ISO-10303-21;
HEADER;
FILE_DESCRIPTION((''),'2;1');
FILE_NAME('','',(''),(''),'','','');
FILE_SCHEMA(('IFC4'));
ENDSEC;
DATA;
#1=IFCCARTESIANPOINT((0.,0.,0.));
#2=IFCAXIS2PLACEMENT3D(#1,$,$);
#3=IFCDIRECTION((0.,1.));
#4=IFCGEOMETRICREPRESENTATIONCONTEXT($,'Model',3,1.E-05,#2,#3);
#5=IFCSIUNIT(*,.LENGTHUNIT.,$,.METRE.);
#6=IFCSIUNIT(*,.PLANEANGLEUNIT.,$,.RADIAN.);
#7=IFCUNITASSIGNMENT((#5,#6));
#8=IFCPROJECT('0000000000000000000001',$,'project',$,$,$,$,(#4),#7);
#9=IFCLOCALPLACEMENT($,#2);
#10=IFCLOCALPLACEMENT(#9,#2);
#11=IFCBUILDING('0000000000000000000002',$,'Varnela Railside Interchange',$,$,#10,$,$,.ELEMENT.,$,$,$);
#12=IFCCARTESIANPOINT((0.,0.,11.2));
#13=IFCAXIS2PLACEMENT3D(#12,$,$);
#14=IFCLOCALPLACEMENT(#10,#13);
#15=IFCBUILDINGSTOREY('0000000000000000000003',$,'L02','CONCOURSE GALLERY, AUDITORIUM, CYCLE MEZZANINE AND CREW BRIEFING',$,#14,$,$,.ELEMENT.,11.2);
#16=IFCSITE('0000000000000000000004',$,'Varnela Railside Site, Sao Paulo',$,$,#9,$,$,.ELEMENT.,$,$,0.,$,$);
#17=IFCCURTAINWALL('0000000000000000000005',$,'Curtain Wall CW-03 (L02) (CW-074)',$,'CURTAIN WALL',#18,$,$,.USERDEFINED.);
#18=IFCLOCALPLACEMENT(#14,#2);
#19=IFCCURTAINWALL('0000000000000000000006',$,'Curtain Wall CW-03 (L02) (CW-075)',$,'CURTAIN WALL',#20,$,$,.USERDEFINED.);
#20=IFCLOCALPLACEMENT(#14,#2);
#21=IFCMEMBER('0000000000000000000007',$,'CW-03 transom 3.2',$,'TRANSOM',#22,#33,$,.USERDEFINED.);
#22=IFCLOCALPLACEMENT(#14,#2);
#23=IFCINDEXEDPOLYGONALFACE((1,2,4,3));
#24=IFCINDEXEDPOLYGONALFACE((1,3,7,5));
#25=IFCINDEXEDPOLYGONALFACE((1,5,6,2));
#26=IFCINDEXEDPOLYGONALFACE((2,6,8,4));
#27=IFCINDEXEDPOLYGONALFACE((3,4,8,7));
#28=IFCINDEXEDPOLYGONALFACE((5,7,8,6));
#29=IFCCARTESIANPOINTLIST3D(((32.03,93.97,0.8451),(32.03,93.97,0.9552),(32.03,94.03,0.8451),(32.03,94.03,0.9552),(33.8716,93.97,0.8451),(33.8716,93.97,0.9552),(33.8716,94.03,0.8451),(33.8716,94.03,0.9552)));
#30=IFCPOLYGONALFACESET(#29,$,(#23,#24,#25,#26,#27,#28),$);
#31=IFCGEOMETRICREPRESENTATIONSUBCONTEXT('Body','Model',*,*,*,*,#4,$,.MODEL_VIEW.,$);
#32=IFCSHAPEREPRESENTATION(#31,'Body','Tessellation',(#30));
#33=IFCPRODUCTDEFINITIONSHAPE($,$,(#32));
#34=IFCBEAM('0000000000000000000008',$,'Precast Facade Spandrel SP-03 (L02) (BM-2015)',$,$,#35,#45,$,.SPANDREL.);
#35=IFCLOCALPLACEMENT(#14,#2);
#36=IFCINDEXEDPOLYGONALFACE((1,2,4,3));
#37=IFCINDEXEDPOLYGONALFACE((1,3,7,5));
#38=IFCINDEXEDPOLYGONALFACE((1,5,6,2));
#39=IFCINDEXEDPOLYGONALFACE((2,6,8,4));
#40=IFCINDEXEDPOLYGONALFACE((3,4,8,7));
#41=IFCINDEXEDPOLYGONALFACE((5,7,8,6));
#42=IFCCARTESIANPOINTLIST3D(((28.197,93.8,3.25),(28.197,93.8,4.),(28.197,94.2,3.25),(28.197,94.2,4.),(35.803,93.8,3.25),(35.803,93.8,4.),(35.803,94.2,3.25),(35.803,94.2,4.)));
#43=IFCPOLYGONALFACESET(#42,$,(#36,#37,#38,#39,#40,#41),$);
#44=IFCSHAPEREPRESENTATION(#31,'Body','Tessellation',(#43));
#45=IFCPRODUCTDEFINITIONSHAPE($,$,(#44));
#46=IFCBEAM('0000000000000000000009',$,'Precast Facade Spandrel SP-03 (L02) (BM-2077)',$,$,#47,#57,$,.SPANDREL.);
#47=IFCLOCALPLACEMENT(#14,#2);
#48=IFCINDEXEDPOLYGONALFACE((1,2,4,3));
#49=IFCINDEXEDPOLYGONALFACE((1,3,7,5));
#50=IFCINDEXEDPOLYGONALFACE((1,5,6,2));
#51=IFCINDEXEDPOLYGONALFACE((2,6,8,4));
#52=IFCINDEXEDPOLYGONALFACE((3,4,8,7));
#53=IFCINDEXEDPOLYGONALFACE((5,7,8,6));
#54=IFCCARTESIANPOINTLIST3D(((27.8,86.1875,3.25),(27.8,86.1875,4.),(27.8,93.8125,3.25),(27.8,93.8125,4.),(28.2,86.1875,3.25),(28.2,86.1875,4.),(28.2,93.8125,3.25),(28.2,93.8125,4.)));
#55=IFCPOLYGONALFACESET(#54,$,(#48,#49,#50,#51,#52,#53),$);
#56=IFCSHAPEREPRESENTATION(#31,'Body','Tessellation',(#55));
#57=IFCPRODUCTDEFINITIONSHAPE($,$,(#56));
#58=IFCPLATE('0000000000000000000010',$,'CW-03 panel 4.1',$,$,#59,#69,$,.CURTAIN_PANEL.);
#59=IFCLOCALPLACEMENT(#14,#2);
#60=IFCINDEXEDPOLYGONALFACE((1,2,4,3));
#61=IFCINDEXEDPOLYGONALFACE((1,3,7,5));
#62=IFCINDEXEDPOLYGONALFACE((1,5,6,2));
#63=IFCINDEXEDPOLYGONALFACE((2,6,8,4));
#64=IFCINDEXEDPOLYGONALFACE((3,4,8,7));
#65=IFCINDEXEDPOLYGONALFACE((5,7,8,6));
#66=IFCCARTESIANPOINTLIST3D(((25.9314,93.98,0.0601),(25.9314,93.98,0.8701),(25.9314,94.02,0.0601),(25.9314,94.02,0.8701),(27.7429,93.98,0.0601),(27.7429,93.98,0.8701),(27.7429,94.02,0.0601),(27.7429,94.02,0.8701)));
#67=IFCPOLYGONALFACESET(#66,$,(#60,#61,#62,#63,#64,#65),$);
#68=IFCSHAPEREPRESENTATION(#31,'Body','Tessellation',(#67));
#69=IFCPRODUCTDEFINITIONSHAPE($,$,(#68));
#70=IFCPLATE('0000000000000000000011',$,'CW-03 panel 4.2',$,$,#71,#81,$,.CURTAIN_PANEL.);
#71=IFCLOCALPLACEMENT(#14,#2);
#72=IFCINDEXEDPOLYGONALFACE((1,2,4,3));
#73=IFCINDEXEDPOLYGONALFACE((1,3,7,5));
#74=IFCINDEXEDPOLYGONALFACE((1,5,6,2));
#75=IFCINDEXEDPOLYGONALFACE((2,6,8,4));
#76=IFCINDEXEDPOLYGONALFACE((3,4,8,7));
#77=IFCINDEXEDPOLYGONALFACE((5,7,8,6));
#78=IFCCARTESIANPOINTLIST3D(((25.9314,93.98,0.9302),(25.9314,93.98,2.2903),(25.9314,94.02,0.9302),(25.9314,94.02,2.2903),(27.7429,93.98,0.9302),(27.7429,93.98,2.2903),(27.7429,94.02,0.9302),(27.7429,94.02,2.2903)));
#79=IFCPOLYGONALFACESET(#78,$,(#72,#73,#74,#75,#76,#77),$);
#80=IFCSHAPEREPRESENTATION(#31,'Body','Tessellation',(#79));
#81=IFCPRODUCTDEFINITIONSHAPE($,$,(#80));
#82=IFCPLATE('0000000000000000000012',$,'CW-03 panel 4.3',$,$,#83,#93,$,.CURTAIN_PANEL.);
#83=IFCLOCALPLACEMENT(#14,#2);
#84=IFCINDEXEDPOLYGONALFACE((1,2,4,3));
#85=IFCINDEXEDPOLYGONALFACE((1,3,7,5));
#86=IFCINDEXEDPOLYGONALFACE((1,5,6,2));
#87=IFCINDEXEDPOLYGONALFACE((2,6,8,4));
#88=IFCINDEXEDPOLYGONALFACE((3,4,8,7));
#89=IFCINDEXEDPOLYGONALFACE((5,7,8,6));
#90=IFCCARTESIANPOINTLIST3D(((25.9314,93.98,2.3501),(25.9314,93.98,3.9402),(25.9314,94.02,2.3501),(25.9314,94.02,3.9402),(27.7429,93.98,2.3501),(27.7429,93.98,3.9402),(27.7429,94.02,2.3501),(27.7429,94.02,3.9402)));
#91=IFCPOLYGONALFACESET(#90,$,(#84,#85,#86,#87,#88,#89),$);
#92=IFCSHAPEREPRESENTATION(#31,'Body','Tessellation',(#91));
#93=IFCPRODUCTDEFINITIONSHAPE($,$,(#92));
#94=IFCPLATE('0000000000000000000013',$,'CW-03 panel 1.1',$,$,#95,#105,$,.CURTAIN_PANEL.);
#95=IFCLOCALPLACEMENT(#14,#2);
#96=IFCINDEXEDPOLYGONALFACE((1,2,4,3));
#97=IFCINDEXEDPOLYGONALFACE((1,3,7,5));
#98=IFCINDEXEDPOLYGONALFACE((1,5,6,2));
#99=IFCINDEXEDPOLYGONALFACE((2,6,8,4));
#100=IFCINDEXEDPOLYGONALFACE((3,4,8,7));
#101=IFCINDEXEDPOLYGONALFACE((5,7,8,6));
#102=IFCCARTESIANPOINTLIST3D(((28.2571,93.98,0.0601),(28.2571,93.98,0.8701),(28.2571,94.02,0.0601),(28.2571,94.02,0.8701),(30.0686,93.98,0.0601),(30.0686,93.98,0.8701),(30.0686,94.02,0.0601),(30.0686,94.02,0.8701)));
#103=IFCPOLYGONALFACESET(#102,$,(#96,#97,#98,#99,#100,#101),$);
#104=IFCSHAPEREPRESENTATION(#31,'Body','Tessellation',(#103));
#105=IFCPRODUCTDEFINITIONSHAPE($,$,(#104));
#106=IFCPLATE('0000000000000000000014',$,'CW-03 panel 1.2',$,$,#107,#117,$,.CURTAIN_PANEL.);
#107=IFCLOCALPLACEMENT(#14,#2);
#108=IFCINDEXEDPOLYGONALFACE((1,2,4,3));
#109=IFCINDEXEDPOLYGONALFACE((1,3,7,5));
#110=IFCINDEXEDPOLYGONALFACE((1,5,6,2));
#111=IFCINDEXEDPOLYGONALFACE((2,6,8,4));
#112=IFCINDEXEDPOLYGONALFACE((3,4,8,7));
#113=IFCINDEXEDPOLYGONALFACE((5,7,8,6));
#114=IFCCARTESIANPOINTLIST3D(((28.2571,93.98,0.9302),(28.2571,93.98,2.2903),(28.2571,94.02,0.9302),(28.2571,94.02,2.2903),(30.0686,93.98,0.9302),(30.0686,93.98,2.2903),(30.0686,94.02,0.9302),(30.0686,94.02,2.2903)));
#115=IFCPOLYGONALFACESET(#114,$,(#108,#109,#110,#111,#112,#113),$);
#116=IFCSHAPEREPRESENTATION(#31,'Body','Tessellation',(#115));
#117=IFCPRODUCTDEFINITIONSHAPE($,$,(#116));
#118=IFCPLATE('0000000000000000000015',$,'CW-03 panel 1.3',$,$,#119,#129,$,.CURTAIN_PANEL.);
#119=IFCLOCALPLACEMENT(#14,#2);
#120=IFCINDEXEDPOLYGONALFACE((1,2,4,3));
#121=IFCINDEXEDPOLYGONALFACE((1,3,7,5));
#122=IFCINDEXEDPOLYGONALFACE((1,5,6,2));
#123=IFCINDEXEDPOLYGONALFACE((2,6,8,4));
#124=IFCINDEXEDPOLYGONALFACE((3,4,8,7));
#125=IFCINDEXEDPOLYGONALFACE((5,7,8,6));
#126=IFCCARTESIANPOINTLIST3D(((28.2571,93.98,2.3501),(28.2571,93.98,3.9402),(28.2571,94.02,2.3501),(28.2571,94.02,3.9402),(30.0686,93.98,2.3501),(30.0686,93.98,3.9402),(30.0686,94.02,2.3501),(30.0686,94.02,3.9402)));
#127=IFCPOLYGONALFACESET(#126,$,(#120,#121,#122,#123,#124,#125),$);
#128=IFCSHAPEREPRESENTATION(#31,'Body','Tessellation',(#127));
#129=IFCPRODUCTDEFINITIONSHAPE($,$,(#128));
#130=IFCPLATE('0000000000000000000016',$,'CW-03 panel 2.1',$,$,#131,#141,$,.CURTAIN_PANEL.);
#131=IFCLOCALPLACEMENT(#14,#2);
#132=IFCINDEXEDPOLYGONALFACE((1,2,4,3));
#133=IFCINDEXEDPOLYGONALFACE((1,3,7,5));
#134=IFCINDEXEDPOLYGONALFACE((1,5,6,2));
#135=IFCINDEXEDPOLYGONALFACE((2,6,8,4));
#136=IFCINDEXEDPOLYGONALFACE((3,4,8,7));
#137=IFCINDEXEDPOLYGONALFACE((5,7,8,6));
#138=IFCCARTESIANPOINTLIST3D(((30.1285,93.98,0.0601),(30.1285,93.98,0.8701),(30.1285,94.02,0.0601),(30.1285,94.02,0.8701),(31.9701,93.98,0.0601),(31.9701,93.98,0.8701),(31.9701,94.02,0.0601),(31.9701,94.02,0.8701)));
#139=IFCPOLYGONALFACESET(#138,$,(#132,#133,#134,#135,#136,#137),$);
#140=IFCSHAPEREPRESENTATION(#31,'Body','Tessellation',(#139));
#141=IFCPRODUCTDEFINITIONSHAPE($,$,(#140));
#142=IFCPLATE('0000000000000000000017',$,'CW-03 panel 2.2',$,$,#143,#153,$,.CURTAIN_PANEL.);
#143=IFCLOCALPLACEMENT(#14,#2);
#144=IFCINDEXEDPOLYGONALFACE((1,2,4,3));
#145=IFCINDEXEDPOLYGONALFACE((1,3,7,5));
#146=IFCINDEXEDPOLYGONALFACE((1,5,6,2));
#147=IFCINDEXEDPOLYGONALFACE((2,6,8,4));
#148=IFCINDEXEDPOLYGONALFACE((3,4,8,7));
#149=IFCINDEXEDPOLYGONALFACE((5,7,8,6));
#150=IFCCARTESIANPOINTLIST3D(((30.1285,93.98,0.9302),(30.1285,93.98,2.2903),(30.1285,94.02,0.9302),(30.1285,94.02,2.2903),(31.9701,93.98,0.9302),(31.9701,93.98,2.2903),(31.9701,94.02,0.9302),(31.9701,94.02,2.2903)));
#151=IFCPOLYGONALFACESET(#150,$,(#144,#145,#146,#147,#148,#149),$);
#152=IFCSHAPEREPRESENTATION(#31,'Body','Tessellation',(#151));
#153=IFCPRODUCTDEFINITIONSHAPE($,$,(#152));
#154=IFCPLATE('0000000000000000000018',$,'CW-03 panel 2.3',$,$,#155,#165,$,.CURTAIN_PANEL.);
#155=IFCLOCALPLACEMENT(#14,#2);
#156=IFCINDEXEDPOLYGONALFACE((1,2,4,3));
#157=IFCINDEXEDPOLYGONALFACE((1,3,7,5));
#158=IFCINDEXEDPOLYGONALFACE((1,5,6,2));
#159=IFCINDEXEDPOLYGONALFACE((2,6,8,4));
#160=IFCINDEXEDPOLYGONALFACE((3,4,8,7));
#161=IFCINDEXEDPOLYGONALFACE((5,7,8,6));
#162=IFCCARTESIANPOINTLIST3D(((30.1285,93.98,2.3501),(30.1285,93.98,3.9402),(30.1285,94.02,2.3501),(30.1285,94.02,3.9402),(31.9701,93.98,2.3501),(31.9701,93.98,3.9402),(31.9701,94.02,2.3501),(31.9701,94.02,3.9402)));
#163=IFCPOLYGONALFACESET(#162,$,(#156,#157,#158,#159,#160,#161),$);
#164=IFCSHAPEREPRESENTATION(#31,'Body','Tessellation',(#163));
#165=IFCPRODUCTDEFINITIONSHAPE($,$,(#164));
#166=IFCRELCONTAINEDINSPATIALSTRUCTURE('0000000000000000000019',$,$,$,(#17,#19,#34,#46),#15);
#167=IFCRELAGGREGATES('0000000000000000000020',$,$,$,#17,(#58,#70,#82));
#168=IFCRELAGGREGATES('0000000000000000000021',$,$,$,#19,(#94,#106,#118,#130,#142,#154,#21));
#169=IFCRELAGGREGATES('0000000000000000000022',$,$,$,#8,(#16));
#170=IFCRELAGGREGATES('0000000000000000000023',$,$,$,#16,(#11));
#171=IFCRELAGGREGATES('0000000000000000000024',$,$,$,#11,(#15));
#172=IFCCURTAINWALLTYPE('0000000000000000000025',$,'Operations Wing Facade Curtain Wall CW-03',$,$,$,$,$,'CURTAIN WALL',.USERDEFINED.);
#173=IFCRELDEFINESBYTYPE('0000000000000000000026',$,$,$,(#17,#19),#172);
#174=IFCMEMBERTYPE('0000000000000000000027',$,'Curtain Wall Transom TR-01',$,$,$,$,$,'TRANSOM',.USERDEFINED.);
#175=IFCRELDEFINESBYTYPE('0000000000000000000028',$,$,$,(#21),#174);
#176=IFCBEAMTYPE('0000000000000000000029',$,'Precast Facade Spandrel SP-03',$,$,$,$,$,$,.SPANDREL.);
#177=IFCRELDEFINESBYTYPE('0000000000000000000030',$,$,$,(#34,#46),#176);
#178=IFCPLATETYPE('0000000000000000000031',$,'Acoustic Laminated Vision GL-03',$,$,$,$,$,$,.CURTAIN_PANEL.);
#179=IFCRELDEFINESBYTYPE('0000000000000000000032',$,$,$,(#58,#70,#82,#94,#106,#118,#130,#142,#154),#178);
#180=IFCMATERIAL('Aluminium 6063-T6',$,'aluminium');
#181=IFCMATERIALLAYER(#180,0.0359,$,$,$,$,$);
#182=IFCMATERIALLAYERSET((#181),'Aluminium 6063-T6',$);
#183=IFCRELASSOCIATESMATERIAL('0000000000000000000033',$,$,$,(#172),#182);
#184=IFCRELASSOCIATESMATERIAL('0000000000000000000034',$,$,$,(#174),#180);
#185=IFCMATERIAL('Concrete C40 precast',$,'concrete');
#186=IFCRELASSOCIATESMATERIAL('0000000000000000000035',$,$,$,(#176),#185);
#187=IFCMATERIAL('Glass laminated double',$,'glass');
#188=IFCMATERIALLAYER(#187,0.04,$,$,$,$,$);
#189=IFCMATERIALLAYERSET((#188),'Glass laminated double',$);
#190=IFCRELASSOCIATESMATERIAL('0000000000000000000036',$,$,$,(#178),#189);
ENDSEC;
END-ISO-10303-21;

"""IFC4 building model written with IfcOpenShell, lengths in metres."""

from ifc_helpers import new_model, si_unit, direction, frame, origin, origin_2d, place, context, subcontext, project, spatial, rectangle, extrude, material, layer, layer_set, material_profile, profile_set, type_object, element, aggregate, save


model = new_model("IFC4")

# Units and contexts
model_context = context("Model", 3, precision=1e-05, world=origin(), true_north=direction((0.0, 1.0)))
body_context = subcontext(model_context, "Body", "Model", "MODEL_VIEW")
ifc_project = project(units=[si_unit("LENGTHUNIT", "METRE"), si_unit("PLANEANGLEUNIT", "RADIAN")], contexts=[model_context])

# Site, building, storey
site_placement = place(None, origin())
site = spatial("IfcSite", under=ifc_project, at=site_placement, Name="Varnela Railside Site, Sao Paulo", CompositionType="ELEMENT", RefElevation=0.0)
building_placement = place(site_placement, origin())
building = spatial("IfcBuilding", under=site, at=building_placement, Name="Varnela Railside Interchange", CompositionType="ELEMENT")
storey_placement = place(building_placement, frame((0.0, 0.0, 11.2)))
storey = spatial("IfcBuildingStorey", under=building, at=storey_placement, Name="L02", Description="CONCOURSE GALLERY, AUDITORIUM, CYCLE MEZZANINE AND CREW BRIEFING", CompositionType="ELEMENT", Elevation=11.2)

# Curtain wall
ifc_material_1 = material(Name="Aluminium 6063-T6", Category="aluminium")
ifc_layer_1 = layer(ifc_material_1, 0.0359)
ifc_layer_set_1 = layer_set([ifc_layer_1], Name="Aluminium 6063-T6")
curtain_wall_type = type_object("IfcCurtainWallType", Name="Operations Wing Facade Curtain Wall CW-03", ElementType="CURTAIN WALL", PredefinedType="USERDEFINED", material=ifc_layer_set_1)
curtain_wall_1_placement = place(storey_placement, origin())
curtain_wall_1 = element("IfcCurtainWall", 1, at=curtain_wall_1_placement, inside=storey, type_object=curtain_wall_type, Name="Curtain Wall CW-03 (L02) (CW-074)", ObjectType="CURTAIN WALL", PredefinedType="USERDEFINED")

# Curtain wall, member
curtain_wall_2_placement = place(storey_placement, origin())
curtain_wall_2 = element("IfcCurtainWall", 2, at=curtain_wall_2_placement, inside=storey, type_object=curtain_wall_type, Name="Curtain Wall CW-03 (L02) (CW-075)", ObjectType="CURTAIN WALL", PredefinedType="USERDEFINED")
ifc_material_profile_1 = material_profile(ifc_material_1, rectangle(XDim=0.0601, YDim=0.1101, at=origin_2d()), Name="ALU 60x110")
ifc_profile_set_1 = profile_set([ifc_material_profile_1], Name="Aluminium 6063-T6")
member_type_1 = type_object("IfcMemberType", Name="Curtain Wall Transom TR-01", ElementType="TRANSOM", PredefinedType="USERDEFINED", material=ifc_profile_set_1)
member_1_placement = place(storey_placement, frame((32.03, 94.0, 0.9001), z_axis=(1.0, 0.0, 0.0), x_axis=(0.0, 1.0, 0.0)))
member_1 = element("IfcMember", 3, at=member_1_placement, type_object=member_type_1, Name="CW-03 transom 3.2", ObjectType="TRANSOM", PredefinedType="USERDEFINED", context=body_context, shape_type="SweptSolid", body=[
    extrude(rectangle(XDim=0.0601, YDim=0.1101, at=origin_2d()), origin(), (0.0, 0.0, 1.0), 1.8416),
])

# Beams
ifc_material_2 = material(Name="Concrete C40 precast", Category="concrete")
ifc_material_profile_2 = material_profile(ifc_material_2, rectangle(XDim=0.3999, YDim=0.75, at=origin_2d()), Name="PC 400x750")
ifc_profile_set_2 = profile_set([ifc_material_profile_2], Name="Concrete C40 precast")
beam_type = type_object("IfcBeamType", Name="Precast Facade Spandrel SP-03", PredefinedType="SPANDREL", material=ifc_profile_set_2)
beam_1_placement = place(storey_placement, frame((28.197, 94.0, 3.625), z_axis=(1.0, 0.0, 0.0), x_axis=(0.0, 1.0, 0.0)))
element("IfcBeam", 4, at=beam_1_placement, inside=storey, type_object=beam_type, Name="Precast Facade Spandrel SP-03 (L02) (BM-2015)", PredefinedType="SPANDREL", context=body_context, shape_type="SweptSolid", body=[
    extrude(rectangle(XDim=0.3999, YDim=0.75, at=origin_2d()), origin(), (0.0, 0.0, 1.0), 7.606),
])
beam_2_placement = place(storey_placement, frame((28.0, 86.1875, 3.625), z_axis=(0.0, 1.0, 0.0), x_axis=(-1.0, 0.0, 0.0)))
element("IfcBeam", 5, at=beam_2_placement, inside=storey, type_object=beam_type, Name="Precast Facade Spandrel SP-03 (L02) (BM-2077)", PredefinedType="SPANDREL", context=body_context, shape_type="SweptSolid", body=[
    extrude(rectangle(XDim=0.3999, YDim=0.75, at=origin_2d()), origin(), (0.0, 0.0, 1.0), 7.625),
])

# Plates
ifc_material_3 = material(Name="Glass laminated double", Category="glass")
ifc_layer_2 = layer(ifc_material_3, 0.04)
ifc_layer_set_2 = layer_set([ifc_layer_2], Name="Glass laminated double")
plate_type = type_object("IfcPlateType", Name="Acoustic Laminated Vision GL-03", PredefinedType="CURTAIN_PANEL", material=ifc_layer_set_2)
plate_1_placement = place(storey_placement, frame((26.8372, 94.0, 0.0601), z_axis=(0.0, 0.0, 1.0), x_axis=(1.0, 0.0, 0.0)))
plate_1 = element("IfcPlate", 6, at=plate_1_placement, type_object=plate_type, Name="CW-03 panel 4.1", PredefinedType="CURTAIN_PANEL", context=body_context, shape_type="SweptSolid", body=[
    extrude(rectangle(XDim=1.8115, YDim=0.04, at=origin_2d()), origin(), (0.0, 0.0, 1.0), 0.8101),
])
plate_2_placement = place(storey_placement, frame((26.8372, 94.0, 0.9302), z_axis=(0.0, 0.0, 1.0), x_axis=(1.0, 0.0, 0.0)))
plate_2 = element("IfcPlate", 7, at=plate_2_placement, type_object=plate_type, Name="CW-03 panel 4.2", PredefinedType="CURTAIN_PANEL", context=body_context, shape_type="SweptSolid", body=[
    extrude(rectangle(XDim=1.8115, YDim=0.04, at=origin_2d()), origin(), (0.0, 0.0, 1.0), 1.3601),
])
plate_3_placement = place(storey_placement, frame((26.8372, 94.0, 2.3501), z_axis=(0.0, 0.0, 1.0), x_axis=(1.0, 0.0, 0.0)))
plate_3 = element("IfcPlate", 8, at=plate_3_placement, type_object=plate_type, Name="CW-03 panel 4.3", PredefinedType="CURTAIN_PANEL", context=body_context, shape_type="SweptSolid", body=[
    extrude(rectangle(XDim=1.8115, YDim=0.04, at=origin_2d()), origin(), (0.0, 0.0, 1.0), 1.5901),
])
aggregate(curtain_wall_1, [plate_1, plate_2, plate_3])
plate_4_placement = place(storey_placement, frame((29.1628, 94.0, 0.0601), z_axis=(0.0, 0.0, 1.0), x_axis=(1.0, 0.0, 0.0)))
plate_4 = element("IfcPlate", 9, at=plate_4_placement, type_object=plate_type, Name="CW-03 panel 1.1", PredefinedType="CURTAIN_PANEL", context=body_context, shape_type="SweptSolid", body=[
    extrude(rectangle(XDim=1.8115, YDim=0.04, at=origin_2d()), origin(), (0.0, 0.0, 1.0), 0.8101),
])
plate_5_placement = place(storey_placement, frame((29.1628, 94.0, 0.9302), z_axis=(0.0, 0.0, 1.0), x_axis=(1.0, 0.0, 0.0)))
plate_5 = element("IfcPlate", 10, at=plate_5_placement, type_object=plate_type, Name="CW-03 panel 1.2", PredefinedType="CURTAIN_PANEL", context=body_context, shape_type="SweptSolid", body=[
    extrude(rectangle(XDim=1.8115, YDim=0.04, at=origin_2d()), origin(), (0.0, 0.0, 1.0), 1.3601),
])
plate_6_placement = place(storey_placement, frame((29.1628, 94.0, 2.3501), z_axis=(0.0, 0.0, 1.0), x_axis=(1.0, 0.0, 0.0)))
plate_6 = element("IfcPlate", 11, at=plate_6_placement, type_object=plate_type, Name="CW-03 panel 1.3", PredefinedType="CURTAIN_PANEL", context=body_context, shape_type="SweptSolid", body=[
    extrude(rectangle(XDim=1.8115, YDim=0.04, at=origin_2d()), origin(), (0.0, 0.0, 1.0), 1.5901),
])
plate_7_placement = place(storey_placement, frame((31.0493, 94.0, 0.0601), z_axis=(0.0, 0.0, 1.0), x_axis=(1.0, 0.0, 0.0)))
plate_7 = element("IfcPlate", 12, at=plate_7_placement, type_object=plate_type, Name="CW-03 panel 2.1", PredefinedType="CURTAIN_PANEL", context=body_context, shape_type="SweptSolid", body=[
    extrude(rectangle(XDim=1.8416, YDim=0.04, at=origin_2d()), origin(), (0.0, 0.0, 1.0), 0.8101),
])
plate_8_placement = place(storey_placement, frame((31.0493, 94.0, 0.9302), z_axis=(0.0, 0.0, 1.0), x_axis=(1.0, 0.0, 0.0)))
plate_8 = element("IfcPlate", 13, at=plate_8_placement, type_object=plate_type, Name="CW-03 panel 2.2", PredefinedType="CURTAIN_PANEL", context=body_context, shape_type="SweptSolid", body=[
    extrude(rectangle(XDim=1.8416, YDim=0.04, at=origin_2d()), origin(), (0.0, 0.0, 1.0), 1.3601),
])
plate_9_placement = place(storey_placement, frame((31.0493, 94.0, 2.3501), z_axis=(0.0, 0.0, 1.0), x_axis=(1.0, 0.0, 0.0)))
plate_9 = element("IfcPlate", 14, at=plate_9_placement, type_object=plate_type, Name="CW-03 panel 2.3", PredefinedType="CURTAIN_PANEL", context=body_context, shape_type="SweptSolid", body=[
    extrude(rectangle(XDim=1.8416, YDim=0.04, at=origin_2d()), origin(), (0.0, 0.0, 1.0), 1.5901),
])
aggregate(curtain_wall_2, [plate_4, plate_5, plate_6, plate_7, plate_8, plate_9, member_1])

save(model, "model.ifc")
